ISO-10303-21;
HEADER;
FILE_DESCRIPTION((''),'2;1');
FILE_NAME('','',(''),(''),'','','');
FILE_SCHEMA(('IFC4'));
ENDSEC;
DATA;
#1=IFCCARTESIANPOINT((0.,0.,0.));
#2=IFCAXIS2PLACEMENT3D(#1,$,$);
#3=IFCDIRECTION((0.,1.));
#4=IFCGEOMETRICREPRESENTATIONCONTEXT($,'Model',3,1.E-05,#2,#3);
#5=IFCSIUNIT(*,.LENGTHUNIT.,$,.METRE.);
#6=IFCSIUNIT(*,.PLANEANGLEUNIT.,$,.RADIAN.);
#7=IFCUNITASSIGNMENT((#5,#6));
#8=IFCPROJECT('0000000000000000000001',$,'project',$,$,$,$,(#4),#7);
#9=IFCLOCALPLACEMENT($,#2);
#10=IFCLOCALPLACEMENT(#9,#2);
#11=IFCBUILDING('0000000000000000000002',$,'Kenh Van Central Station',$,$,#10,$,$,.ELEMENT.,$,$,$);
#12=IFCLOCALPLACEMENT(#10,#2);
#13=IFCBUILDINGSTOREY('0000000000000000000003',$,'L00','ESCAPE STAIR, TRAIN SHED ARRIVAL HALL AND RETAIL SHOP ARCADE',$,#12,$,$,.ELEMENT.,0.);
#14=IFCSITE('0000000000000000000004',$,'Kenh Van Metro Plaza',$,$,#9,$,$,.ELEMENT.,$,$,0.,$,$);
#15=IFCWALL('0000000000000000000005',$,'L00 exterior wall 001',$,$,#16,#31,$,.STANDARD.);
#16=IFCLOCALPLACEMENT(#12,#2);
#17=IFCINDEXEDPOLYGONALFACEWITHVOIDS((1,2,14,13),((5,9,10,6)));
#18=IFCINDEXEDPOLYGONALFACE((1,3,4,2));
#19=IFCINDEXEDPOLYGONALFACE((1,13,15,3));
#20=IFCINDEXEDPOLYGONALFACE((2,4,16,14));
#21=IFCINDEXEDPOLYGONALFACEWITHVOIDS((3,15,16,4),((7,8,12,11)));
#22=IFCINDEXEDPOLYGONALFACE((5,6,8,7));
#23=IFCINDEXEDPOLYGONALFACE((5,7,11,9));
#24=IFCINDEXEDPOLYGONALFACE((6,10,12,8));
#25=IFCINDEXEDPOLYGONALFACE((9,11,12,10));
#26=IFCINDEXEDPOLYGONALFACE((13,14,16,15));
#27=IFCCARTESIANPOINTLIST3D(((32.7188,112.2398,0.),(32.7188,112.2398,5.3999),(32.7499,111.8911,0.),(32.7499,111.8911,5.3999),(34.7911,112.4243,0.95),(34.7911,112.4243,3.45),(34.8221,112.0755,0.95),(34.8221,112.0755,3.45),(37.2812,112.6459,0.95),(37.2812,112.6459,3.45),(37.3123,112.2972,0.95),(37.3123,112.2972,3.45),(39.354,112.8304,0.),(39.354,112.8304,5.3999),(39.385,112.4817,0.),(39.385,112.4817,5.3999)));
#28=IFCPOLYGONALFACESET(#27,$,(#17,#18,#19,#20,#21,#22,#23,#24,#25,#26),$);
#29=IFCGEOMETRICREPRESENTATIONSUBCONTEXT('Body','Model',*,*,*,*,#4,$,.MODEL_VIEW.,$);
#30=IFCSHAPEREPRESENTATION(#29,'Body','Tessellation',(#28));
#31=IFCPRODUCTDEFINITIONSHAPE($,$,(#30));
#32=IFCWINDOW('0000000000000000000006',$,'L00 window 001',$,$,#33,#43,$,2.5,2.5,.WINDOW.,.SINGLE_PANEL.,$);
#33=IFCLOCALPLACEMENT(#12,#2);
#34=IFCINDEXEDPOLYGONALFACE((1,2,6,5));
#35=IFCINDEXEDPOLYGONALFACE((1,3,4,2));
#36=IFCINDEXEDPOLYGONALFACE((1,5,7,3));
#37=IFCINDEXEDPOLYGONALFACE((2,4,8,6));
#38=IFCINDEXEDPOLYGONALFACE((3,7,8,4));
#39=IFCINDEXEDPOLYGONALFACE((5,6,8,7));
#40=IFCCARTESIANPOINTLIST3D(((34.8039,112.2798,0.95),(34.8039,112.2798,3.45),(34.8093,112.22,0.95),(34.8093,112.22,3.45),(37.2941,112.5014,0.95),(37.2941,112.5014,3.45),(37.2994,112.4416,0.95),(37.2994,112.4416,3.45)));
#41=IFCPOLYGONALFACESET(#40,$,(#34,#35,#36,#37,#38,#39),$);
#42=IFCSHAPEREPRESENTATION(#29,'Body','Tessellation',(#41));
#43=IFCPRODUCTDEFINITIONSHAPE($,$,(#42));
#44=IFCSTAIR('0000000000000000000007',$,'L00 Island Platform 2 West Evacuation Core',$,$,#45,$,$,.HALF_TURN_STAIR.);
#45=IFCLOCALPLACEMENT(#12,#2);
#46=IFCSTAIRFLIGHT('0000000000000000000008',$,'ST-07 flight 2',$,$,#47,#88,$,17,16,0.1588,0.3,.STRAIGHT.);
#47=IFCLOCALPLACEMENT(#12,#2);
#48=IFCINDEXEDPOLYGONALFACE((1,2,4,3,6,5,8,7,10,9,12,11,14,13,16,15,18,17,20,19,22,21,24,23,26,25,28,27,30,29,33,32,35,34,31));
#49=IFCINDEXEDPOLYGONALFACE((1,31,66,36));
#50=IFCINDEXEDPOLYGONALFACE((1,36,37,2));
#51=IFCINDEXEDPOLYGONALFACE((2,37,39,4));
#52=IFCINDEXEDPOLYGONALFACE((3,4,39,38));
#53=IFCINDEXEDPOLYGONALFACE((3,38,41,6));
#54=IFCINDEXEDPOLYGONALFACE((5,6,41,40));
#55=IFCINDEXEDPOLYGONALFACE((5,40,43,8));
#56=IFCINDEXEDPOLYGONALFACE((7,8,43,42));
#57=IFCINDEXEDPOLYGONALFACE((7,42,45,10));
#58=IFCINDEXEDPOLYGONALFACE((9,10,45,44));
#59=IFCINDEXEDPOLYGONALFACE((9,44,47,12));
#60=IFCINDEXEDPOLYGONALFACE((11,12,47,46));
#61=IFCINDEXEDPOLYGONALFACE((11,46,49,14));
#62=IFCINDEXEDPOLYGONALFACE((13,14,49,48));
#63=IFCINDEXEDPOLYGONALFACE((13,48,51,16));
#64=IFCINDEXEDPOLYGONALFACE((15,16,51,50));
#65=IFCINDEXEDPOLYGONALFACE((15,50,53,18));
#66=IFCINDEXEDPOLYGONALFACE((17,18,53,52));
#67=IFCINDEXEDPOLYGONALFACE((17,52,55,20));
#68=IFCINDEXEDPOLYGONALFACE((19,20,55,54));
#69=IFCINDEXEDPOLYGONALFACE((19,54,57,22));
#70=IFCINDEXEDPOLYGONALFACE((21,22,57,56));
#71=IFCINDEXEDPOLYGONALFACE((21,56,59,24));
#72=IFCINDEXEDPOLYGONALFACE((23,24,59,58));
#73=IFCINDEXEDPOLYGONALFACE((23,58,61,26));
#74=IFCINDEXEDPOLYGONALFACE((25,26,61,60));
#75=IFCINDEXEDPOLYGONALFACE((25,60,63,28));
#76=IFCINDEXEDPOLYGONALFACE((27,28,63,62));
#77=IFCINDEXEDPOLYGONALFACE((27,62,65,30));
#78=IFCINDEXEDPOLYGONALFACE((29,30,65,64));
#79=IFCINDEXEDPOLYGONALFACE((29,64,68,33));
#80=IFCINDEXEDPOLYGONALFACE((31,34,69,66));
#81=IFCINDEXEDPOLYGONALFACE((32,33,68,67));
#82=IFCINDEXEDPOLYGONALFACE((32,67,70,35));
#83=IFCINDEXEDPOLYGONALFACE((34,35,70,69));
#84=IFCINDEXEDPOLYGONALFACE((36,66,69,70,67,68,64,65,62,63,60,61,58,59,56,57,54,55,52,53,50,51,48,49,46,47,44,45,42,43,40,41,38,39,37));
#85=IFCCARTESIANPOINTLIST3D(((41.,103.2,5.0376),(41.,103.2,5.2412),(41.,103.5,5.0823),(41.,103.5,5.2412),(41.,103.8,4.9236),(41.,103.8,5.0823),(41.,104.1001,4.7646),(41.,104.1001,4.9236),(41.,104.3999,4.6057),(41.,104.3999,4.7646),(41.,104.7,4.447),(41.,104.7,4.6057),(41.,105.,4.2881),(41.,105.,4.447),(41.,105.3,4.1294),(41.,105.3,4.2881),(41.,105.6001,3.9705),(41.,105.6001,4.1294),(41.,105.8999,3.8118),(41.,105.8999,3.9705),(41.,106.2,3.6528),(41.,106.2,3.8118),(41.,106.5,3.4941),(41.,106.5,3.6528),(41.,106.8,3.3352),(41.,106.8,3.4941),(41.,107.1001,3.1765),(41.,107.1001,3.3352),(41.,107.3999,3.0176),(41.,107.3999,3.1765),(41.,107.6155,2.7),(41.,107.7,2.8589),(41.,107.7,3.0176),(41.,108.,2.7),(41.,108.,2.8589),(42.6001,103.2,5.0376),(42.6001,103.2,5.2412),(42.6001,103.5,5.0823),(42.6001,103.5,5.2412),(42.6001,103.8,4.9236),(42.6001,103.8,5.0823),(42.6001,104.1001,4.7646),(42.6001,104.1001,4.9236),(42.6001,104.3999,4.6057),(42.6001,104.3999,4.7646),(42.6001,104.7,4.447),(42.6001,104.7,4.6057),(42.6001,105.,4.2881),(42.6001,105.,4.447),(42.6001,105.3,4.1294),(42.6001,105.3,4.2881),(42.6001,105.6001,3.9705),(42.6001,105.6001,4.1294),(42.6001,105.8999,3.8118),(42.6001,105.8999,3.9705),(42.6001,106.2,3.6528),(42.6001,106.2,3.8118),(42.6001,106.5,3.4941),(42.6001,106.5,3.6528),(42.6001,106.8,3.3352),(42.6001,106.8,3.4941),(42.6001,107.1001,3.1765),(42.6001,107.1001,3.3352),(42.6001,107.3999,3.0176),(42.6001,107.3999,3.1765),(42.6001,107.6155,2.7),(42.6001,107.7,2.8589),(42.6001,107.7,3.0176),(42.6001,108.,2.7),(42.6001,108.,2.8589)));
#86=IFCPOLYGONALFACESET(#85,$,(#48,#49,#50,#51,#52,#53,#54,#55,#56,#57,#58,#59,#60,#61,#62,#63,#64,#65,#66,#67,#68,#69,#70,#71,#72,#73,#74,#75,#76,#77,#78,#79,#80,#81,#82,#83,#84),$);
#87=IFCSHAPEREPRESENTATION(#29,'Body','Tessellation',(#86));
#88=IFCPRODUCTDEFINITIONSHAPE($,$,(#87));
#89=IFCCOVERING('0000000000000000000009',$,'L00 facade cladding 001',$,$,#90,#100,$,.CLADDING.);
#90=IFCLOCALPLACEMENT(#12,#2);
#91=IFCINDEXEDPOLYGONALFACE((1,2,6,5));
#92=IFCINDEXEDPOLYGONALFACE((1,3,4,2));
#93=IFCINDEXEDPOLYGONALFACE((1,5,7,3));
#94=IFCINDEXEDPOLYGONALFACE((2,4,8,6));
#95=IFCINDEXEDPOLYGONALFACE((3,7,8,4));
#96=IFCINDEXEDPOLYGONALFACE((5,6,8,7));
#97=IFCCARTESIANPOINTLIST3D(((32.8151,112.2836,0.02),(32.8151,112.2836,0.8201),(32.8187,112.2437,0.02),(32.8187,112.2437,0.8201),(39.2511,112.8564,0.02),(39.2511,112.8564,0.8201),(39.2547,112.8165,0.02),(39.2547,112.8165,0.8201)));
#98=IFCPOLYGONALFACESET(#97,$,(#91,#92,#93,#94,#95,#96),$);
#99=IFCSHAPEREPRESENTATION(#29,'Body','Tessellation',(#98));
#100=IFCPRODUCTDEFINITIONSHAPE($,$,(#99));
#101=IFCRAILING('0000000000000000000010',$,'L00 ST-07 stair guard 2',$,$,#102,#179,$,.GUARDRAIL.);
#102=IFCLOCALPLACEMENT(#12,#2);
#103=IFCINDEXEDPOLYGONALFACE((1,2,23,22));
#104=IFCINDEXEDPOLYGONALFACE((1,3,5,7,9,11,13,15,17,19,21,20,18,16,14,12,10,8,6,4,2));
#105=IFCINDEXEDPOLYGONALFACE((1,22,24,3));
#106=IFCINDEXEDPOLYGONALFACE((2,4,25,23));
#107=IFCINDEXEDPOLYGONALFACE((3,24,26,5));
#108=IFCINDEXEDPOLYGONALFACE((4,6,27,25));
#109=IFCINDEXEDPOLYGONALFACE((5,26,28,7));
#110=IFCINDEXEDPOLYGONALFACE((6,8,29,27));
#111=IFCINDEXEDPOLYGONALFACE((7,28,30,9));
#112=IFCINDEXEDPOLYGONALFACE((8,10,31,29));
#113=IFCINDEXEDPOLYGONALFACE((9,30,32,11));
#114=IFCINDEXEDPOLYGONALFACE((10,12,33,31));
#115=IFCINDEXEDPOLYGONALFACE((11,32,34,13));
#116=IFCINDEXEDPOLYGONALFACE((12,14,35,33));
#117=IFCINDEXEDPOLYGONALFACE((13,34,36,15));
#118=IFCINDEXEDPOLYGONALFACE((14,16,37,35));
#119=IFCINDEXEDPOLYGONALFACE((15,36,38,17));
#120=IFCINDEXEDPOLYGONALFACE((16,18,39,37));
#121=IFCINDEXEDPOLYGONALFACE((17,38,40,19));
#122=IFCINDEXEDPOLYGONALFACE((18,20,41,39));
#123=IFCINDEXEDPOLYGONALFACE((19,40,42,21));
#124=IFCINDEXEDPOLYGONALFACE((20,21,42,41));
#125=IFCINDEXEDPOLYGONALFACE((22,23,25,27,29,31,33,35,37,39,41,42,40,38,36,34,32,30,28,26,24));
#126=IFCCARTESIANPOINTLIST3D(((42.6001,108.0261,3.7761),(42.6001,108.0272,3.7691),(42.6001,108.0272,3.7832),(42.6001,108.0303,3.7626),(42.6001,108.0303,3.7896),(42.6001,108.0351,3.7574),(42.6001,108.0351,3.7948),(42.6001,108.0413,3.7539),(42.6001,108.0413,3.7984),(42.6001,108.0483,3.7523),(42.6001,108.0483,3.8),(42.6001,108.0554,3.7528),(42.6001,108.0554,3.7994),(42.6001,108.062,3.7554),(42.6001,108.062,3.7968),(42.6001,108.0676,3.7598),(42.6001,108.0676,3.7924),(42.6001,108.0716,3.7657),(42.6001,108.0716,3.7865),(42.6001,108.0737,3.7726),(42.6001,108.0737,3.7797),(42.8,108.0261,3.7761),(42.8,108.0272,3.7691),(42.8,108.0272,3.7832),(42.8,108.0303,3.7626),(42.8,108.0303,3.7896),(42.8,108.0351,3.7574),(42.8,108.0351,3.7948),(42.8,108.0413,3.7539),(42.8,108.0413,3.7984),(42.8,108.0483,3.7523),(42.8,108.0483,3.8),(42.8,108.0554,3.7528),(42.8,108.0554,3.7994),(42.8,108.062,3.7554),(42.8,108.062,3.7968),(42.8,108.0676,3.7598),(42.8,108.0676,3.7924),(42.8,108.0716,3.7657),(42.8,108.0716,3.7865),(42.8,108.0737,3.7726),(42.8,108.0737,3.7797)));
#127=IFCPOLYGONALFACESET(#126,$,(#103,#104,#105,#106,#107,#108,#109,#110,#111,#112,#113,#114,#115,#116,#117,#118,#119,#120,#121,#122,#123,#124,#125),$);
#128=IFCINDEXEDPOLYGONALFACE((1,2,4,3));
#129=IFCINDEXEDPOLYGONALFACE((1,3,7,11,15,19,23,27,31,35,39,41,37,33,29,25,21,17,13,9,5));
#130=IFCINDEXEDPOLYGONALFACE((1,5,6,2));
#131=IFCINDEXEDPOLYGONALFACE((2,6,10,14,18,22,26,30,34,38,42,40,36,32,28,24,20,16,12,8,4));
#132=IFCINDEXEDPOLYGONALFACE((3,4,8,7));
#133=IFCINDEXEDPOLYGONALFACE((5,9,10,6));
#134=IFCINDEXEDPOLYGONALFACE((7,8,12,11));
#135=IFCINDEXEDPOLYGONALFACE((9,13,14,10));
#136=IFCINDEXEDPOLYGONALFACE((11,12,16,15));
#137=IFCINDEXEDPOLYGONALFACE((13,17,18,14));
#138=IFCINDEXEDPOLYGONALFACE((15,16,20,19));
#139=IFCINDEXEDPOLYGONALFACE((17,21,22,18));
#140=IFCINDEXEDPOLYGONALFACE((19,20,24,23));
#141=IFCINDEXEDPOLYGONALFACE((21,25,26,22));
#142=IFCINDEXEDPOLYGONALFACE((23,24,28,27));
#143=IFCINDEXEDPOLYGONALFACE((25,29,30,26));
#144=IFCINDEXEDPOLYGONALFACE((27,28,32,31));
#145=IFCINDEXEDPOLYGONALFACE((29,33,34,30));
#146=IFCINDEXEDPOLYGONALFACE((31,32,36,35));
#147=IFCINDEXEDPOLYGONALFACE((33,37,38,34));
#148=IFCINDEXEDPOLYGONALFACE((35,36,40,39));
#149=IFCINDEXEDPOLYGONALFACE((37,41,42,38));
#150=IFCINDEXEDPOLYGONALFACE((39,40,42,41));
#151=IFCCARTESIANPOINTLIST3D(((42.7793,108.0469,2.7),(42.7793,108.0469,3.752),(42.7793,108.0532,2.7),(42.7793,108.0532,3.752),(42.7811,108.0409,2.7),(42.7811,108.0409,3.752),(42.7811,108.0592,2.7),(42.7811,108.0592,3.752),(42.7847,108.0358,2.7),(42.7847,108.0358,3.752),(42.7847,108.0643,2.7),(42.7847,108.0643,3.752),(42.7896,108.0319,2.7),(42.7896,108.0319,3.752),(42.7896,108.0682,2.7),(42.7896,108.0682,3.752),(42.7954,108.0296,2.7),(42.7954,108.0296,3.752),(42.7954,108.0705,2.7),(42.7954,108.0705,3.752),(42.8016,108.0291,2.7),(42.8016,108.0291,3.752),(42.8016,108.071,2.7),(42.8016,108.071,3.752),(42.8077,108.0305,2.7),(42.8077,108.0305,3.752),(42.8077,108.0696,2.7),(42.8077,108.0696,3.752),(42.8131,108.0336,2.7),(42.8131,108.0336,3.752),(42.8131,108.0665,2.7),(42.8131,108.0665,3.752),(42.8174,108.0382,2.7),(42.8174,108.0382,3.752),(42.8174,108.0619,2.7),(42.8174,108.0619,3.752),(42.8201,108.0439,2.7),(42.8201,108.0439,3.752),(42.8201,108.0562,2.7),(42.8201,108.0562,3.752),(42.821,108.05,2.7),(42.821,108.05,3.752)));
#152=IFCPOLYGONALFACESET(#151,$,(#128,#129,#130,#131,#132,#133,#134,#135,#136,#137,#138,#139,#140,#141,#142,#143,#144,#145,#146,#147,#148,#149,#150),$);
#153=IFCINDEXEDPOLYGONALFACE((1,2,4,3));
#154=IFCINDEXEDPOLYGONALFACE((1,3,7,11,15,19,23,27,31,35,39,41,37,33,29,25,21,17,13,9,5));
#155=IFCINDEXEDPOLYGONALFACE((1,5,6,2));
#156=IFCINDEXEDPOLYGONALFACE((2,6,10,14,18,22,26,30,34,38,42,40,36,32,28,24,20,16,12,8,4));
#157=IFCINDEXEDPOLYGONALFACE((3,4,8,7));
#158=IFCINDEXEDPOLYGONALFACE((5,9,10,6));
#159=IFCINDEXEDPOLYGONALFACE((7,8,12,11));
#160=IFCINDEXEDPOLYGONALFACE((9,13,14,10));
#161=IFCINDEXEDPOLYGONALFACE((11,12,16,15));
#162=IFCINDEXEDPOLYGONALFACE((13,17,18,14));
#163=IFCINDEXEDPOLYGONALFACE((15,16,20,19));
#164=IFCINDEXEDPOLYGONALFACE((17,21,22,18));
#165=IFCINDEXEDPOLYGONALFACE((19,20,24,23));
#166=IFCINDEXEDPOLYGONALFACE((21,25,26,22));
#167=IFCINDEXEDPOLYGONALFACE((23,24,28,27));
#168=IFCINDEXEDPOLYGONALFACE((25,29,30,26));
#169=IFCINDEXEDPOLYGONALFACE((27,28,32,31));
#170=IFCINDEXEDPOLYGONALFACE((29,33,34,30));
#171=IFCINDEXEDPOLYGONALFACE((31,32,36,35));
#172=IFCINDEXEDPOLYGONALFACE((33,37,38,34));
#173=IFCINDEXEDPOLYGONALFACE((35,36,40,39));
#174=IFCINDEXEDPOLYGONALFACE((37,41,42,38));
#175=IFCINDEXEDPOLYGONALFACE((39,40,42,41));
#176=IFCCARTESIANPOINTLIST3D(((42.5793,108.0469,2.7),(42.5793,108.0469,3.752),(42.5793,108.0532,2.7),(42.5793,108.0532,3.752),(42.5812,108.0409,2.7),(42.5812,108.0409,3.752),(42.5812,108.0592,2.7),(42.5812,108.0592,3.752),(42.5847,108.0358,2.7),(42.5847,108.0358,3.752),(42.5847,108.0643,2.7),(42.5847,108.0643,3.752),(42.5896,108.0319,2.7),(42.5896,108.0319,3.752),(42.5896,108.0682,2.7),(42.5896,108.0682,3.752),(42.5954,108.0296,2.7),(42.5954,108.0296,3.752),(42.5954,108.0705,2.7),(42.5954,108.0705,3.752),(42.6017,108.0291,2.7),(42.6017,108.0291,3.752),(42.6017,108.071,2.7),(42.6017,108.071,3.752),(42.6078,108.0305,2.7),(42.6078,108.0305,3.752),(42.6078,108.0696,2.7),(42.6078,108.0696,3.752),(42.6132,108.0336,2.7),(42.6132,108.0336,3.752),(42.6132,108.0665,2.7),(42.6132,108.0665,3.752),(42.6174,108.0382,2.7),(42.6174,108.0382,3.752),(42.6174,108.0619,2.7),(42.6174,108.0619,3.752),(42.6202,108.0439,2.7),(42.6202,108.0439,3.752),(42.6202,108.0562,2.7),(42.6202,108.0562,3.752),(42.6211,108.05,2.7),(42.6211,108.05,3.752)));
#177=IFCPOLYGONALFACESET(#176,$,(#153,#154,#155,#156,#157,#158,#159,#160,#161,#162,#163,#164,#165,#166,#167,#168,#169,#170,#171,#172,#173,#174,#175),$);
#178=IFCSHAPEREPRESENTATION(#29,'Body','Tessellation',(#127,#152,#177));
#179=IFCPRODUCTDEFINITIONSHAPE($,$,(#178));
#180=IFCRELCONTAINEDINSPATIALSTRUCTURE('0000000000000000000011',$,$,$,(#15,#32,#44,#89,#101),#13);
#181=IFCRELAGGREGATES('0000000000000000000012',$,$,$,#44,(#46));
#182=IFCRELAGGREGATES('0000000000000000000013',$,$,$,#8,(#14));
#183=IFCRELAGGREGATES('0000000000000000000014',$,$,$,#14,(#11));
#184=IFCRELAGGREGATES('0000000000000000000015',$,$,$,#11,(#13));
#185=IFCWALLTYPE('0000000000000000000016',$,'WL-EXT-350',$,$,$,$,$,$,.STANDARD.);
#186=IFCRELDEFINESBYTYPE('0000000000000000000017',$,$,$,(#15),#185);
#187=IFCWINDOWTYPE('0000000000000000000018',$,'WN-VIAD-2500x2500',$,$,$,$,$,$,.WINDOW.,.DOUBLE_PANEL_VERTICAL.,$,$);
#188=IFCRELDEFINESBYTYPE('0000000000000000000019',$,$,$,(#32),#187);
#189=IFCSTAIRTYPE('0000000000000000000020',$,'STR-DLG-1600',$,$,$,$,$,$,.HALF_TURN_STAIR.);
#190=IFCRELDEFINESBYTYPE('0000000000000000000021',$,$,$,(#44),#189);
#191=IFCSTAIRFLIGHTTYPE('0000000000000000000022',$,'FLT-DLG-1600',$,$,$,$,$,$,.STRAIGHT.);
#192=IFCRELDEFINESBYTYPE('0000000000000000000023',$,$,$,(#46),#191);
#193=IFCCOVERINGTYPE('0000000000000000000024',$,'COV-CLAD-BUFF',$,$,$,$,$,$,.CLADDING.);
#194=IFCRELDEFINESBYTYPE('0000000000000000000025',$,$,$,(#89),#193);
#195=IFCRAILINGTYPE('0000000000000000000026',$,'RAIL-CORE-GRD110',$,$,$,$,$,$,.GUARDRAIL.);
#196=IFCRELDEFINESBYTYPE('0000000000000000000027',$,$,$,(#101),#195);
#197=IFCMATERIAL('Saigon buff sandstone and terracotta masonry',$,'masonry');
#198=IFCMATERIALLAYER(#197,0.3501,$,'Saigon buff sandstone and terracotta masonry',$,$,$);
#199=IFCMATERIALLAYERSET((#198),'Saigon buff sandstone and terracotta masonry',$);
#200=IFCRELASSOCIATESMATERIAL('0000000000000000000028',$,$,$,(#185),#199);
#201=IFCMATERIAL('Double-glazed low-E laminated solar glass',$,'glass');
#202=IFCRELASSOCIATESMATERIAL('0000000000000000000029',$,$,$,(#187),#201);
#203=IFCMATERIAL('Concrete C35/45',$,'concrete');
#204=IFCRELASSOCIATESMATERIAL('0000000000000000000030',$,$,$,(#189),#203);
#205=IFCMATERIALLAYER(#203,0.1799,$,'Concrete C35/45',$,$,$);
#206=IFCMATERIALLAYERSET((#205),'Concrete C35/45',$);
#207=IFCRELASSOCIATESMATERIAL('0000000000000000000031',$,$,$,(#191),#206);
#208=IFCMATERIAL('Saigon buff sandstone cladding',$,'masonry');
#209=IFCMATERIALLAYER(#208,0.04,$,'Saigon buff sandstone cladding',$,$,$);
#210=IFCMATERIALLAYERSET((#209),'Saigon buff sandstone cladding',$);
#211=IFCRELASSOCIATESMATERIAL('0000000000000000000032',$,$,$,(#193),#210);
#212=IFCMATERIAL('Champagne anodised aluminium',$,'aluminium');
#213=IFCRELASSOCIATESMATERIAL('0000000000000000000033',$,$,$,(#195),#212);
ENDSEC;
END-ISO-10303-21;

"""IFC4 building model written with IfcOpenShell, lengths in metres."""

from ifc_helpers import new_model, si_unit, direction, frame, frame_2d, origin, origin_2d, place, context, subcontext, project, spatial, polyline, rectangle, circle, outline, extrude, material, layer, layer_set, type_object, element, fill, aggregate, save


model = new_model("IFC4")

# Units and contexts
model_context = context("Model", 3, precision=1e-05, world=origin(), true_north=direction((0.0, 1.0)))
body_context = subcontext(model_context, "Body", "Model", "MODEL_VIEW")
ifc_project = project(units=[si_unit("LENGTHUNIT", "METRE"), si_unit("PLANEANGLEUNIT", "RADIAN")], contexts=[model_context])

# Site, building, storey
site_placement = place(None, origin())
site = spatial("IfcSite", under=ifc_project, at=site_placement, Name="Kenh Van Metro Plaza", CompositionType="ELEMENT", RefElevation=0.0)
building_placement = place(site_placement, origin())
building = spatial("IfcBuilding", under=site, at=building_placement, Name="Kenh Van Central Station", CompositionType="ELEMENT")
storey_placement = place(building_placement, origin())
storey = spatial("IfcBuildingStorey", under=building, at=storey_placement, Name="L00", Description="ESCAPE STAIR, TRAIN SHED ARRIVAL HALL AND RETAIL SHOP ARCADE", CompositionType="ELEMENT", Elevation=0.0)

# Shared definitions
ifc_material_1 = material(Name="Champagne anodised aluminium", Category="aluminium")

# Shared definitions
ifc_material_2 = material(Name="Double-glazed low-E laminated solar glass", Category="glass")

# Shared definitions
ifc_material_3 = material(Name="Saigon buff sandstone and terracotta masonry", Category="masonry")

# Wall, opening, window
ifc_layer_1 = layer(ifc_material_3, 0.3501, Name="Saigon buff sandstone and terracotta masonry")
ifc_layer_set_1 = layer_set([ifc_layer_1], Name="Saigon buff sandstone and terracotta masonry")
wall_type_1 = type_object("IfcWallType", Name="WL-EXT-350", PredefinedType="STANDARD", material=ifc_layer_set_1)
wall_1_placement = place(storey_placement, frame((39.3694, 112.656, 0.0), z_axis=(0.0, 0.0, 1.0), x_axis=(-0.996062, -0.088655, 0.0)))
wall_1 = element("IfcWall", 1, at=wall_1_placement, inside=storey, type_object=wall_type_1, Name="L00 exterior wall 001", PredefinedType="STANDARD", context=body_context, shape_type="SweptSolid", body=[
    extrude(rectangle(XDim=6.6614, YDim=0.3501, at=frame_2d((3.3306, 0.0))), origin(), (0.0, 0.0, 1.0), 5.3999),
])
opening_1_placement = place(wall_1_placement, frame((2.0808, 0.0, 0.95)))
opening_1 = element("IfcOpeningElement", 2, at=opening_1_placement, cuts=wall_1, PredefinedType="OPENING", context=body_context, shape_type="SweptSolid", body=[
    extrude(rectangle(XDim=2.5, YDim=2.5, at=frame_2d((1.25, 1.25))), frame((0.0, 0.1851, 0.0), z_axis=(0.0, -1.0, 0.0), x_axis=(1.0, 0.0, 0.0)), (0.0, 0.0, 1.0), 0.3701),
])
window_type = type_object("IfcWindowType", Name="WN-VIAD-2500x2500", PartitioningType="DOUBLE_PANEL_VERTICAL", PredefinedType="WINDOW", material=ifc_material_2)
window_placement = place(opening_1_placement, origin())
window = element("IfcWindow", 3, at=window_placement, inside=storey, type_object=window_type, Name="L00 window 001", OverallHeight=2.5, OverallWidth=2.5, PartitioningType="SINGLE_PANEL", PredefinedType="WINDOW", context=body_context, shape_type="SweptSolid", body=[
    extrude(rectangle(XDim=2.5, YDim=2.5, at=frame_2d((1.25, 1.25))), frame((0.0, 0.03, 0.0), z_axis=(0.0, -1.0, 0.0), x_axis=(1.0, 0.0, 0.0)), (0.0, 0.0, 1.0), 0.0601),
])
fill(opening_1, window)

# Stair, stair flight
ifc_material_4 = material(Name="Concrete C35/45", Category="concrete")
stair_type = type_object("IfcStairType", Name="STR-DLG-1600", PredefinedType="HALF_TURN_STAIR", material=ifc_material_4)
stair_placement = place(storey_placement, origin())
stair = element("IfcStair", 4, at=stair_placement, inside=storey, type_object=stair_type, Name="L00 Island Platform 2 West Evacuation Core", PredefinedType="HALF_TURN_STAIR")
ifc_layer_2 = layer(ifc_material_4, 0.1799, Name="Concrete C35/45")
ifc_layer_set_2 = layer_set([ifc_layer_2], Name="Concrete C35/45")
stair_flight_type = type_object("IfcStairFlightType", Name="FLT-DLG-1600", PredefinedType="STRAIGHT", material=ifc_layer_set_2)
stair_flight_placement = place(storey_placement, frame((41.8, 108.0, 2.7), z_axis=(0.0, 0.0, 1.0), x_axis=(0.0, -1.0, 0.0)))
stair_flight = element("IfcStairFlight", 5, at=stair_flight_placement, type_object=stair_flight_type, Name="ST-07 flight 2", NumberOfRisers=17, NumberOfTreads=16, PredefinedType="STRAIGHT", RiserHeight=0.1588, TreadLength=0.3, context=body_context, shape_type="SweptSolid", body=[
    extrude(outline(polyline([(0.0, 0.0), (0.0, 0.1589), (0.3, 0.1589), (0.3, 0.3176), (0.6001, 0.3176), (0.6001, 0.4766), (0.8999, 0.4766), (0.8999, 0.6353), (1.2, 0.6353), (1.2, 0.7942), (1.5, 0.7942), (1.5, 0.9529), (1.8, 0.9529), (1.8, 1.1118), (2.1001, 1.1118), (2.1001, 1.2705), (2.3999, 1.2705), (2.3999, 1.4294), (2.7, 1.4294), (2.7, 1.5881), (3.0, 1.5881), (3.0, 1.7471), (3.3, 1.7471), (3.3, 1.9058), (3.6001, 1.9058), (3.6001, 2.0647), (3.8999, 2.0647), (3.8999, 2.2236), (4.2, 2.2236), (4.2, 2.3823), (4.5, 2.3823), (4.5, 2.5413), (4.8, 2.5413), (4.8, 2.7), (4.8, 2.3376), (0.3845, 0.0), (0.0, 0.0)])), frame((0.0, 0.8, 0.0), z_axis=(0.0, -1.0, 0.0), x_axis=(1.0, 0.0, 0.0)), (0.0, 0.0, 1.0), 1.6001),
])
aggregate(stair, [stair_flight])

# Covering
ifc_material_5 = material(Name="Saigon buff sandstone cladding", Category="masonry")
ifc_layer_3 = layer(ifc_material_5, 0.04, Name="Saigon buff sandstone cladding")
ifc_layer_set_3 = layer_set([ifc_layer_3], Name="Saigon buff sandstone cladding")
covering_type = type_object("IfcCoveringType", Name="COV-CLAD-BUFF", PredefinedType="CLADDING", material=ifc_layer_set_3)
covering_placement = place(storey_placement, frame((36.0349, 112.55, 0.02), z_axis=(0.0, 0.0, 1.0), x_axis=(-0.996062, -0.08866, 0.0)))
element("IfcCovering", 6, at=covering_placement, inside=storey, type_object=covering_type, Name="L00 facade cladding 001", PredefinedType="CLADDING", context=body_context, shape_type="SweptSolid", body=[
    extrude(rectangle(XDim=6.4614, YDim=0.04, at=origin_2d()), origin(), (0.0, 0.0, 1.0), 0.8),
])

# Railing
railing_type_1 = type_object("IfcRailingType", Name="RAIL-CORE-GRD110", PredefinedType="GUARDRAIL", material=ifc_material_1)
railing_1_placement = place(storey_placement, frame((42.8, 108.05, 2.7)))
element("IfcRailing", 7, at=railing_1_placement, inside=storey, type_object=railing_type_1, Name="L00 ST-07 stair guard 2", PredefinedType="GUARDRAIL", context=body_context, shape_type="SweptSolid", body=[
    extrude(circle(Radius=0.0239, at=origin_2d()), frame((0.0, 0.0, 1.0762), z_axis=(-1.0, 0.0, 0.0), x_axis=(0.0, -1.0, 0.0)), (0.0, 0.0, 1.0), 0.2),
    extrude(circle(Radius=0.021, at=origin_2d()), origin(), (0.0, 0.0, 1.0), 1.052),
    extrude(circle(Radius=0.021, at=origin_2d()), frame((-0.2, 0.0, 0.0)), (0.0, 0.0, 1.0), 1.052),
])

save(model, "model.ifc")
